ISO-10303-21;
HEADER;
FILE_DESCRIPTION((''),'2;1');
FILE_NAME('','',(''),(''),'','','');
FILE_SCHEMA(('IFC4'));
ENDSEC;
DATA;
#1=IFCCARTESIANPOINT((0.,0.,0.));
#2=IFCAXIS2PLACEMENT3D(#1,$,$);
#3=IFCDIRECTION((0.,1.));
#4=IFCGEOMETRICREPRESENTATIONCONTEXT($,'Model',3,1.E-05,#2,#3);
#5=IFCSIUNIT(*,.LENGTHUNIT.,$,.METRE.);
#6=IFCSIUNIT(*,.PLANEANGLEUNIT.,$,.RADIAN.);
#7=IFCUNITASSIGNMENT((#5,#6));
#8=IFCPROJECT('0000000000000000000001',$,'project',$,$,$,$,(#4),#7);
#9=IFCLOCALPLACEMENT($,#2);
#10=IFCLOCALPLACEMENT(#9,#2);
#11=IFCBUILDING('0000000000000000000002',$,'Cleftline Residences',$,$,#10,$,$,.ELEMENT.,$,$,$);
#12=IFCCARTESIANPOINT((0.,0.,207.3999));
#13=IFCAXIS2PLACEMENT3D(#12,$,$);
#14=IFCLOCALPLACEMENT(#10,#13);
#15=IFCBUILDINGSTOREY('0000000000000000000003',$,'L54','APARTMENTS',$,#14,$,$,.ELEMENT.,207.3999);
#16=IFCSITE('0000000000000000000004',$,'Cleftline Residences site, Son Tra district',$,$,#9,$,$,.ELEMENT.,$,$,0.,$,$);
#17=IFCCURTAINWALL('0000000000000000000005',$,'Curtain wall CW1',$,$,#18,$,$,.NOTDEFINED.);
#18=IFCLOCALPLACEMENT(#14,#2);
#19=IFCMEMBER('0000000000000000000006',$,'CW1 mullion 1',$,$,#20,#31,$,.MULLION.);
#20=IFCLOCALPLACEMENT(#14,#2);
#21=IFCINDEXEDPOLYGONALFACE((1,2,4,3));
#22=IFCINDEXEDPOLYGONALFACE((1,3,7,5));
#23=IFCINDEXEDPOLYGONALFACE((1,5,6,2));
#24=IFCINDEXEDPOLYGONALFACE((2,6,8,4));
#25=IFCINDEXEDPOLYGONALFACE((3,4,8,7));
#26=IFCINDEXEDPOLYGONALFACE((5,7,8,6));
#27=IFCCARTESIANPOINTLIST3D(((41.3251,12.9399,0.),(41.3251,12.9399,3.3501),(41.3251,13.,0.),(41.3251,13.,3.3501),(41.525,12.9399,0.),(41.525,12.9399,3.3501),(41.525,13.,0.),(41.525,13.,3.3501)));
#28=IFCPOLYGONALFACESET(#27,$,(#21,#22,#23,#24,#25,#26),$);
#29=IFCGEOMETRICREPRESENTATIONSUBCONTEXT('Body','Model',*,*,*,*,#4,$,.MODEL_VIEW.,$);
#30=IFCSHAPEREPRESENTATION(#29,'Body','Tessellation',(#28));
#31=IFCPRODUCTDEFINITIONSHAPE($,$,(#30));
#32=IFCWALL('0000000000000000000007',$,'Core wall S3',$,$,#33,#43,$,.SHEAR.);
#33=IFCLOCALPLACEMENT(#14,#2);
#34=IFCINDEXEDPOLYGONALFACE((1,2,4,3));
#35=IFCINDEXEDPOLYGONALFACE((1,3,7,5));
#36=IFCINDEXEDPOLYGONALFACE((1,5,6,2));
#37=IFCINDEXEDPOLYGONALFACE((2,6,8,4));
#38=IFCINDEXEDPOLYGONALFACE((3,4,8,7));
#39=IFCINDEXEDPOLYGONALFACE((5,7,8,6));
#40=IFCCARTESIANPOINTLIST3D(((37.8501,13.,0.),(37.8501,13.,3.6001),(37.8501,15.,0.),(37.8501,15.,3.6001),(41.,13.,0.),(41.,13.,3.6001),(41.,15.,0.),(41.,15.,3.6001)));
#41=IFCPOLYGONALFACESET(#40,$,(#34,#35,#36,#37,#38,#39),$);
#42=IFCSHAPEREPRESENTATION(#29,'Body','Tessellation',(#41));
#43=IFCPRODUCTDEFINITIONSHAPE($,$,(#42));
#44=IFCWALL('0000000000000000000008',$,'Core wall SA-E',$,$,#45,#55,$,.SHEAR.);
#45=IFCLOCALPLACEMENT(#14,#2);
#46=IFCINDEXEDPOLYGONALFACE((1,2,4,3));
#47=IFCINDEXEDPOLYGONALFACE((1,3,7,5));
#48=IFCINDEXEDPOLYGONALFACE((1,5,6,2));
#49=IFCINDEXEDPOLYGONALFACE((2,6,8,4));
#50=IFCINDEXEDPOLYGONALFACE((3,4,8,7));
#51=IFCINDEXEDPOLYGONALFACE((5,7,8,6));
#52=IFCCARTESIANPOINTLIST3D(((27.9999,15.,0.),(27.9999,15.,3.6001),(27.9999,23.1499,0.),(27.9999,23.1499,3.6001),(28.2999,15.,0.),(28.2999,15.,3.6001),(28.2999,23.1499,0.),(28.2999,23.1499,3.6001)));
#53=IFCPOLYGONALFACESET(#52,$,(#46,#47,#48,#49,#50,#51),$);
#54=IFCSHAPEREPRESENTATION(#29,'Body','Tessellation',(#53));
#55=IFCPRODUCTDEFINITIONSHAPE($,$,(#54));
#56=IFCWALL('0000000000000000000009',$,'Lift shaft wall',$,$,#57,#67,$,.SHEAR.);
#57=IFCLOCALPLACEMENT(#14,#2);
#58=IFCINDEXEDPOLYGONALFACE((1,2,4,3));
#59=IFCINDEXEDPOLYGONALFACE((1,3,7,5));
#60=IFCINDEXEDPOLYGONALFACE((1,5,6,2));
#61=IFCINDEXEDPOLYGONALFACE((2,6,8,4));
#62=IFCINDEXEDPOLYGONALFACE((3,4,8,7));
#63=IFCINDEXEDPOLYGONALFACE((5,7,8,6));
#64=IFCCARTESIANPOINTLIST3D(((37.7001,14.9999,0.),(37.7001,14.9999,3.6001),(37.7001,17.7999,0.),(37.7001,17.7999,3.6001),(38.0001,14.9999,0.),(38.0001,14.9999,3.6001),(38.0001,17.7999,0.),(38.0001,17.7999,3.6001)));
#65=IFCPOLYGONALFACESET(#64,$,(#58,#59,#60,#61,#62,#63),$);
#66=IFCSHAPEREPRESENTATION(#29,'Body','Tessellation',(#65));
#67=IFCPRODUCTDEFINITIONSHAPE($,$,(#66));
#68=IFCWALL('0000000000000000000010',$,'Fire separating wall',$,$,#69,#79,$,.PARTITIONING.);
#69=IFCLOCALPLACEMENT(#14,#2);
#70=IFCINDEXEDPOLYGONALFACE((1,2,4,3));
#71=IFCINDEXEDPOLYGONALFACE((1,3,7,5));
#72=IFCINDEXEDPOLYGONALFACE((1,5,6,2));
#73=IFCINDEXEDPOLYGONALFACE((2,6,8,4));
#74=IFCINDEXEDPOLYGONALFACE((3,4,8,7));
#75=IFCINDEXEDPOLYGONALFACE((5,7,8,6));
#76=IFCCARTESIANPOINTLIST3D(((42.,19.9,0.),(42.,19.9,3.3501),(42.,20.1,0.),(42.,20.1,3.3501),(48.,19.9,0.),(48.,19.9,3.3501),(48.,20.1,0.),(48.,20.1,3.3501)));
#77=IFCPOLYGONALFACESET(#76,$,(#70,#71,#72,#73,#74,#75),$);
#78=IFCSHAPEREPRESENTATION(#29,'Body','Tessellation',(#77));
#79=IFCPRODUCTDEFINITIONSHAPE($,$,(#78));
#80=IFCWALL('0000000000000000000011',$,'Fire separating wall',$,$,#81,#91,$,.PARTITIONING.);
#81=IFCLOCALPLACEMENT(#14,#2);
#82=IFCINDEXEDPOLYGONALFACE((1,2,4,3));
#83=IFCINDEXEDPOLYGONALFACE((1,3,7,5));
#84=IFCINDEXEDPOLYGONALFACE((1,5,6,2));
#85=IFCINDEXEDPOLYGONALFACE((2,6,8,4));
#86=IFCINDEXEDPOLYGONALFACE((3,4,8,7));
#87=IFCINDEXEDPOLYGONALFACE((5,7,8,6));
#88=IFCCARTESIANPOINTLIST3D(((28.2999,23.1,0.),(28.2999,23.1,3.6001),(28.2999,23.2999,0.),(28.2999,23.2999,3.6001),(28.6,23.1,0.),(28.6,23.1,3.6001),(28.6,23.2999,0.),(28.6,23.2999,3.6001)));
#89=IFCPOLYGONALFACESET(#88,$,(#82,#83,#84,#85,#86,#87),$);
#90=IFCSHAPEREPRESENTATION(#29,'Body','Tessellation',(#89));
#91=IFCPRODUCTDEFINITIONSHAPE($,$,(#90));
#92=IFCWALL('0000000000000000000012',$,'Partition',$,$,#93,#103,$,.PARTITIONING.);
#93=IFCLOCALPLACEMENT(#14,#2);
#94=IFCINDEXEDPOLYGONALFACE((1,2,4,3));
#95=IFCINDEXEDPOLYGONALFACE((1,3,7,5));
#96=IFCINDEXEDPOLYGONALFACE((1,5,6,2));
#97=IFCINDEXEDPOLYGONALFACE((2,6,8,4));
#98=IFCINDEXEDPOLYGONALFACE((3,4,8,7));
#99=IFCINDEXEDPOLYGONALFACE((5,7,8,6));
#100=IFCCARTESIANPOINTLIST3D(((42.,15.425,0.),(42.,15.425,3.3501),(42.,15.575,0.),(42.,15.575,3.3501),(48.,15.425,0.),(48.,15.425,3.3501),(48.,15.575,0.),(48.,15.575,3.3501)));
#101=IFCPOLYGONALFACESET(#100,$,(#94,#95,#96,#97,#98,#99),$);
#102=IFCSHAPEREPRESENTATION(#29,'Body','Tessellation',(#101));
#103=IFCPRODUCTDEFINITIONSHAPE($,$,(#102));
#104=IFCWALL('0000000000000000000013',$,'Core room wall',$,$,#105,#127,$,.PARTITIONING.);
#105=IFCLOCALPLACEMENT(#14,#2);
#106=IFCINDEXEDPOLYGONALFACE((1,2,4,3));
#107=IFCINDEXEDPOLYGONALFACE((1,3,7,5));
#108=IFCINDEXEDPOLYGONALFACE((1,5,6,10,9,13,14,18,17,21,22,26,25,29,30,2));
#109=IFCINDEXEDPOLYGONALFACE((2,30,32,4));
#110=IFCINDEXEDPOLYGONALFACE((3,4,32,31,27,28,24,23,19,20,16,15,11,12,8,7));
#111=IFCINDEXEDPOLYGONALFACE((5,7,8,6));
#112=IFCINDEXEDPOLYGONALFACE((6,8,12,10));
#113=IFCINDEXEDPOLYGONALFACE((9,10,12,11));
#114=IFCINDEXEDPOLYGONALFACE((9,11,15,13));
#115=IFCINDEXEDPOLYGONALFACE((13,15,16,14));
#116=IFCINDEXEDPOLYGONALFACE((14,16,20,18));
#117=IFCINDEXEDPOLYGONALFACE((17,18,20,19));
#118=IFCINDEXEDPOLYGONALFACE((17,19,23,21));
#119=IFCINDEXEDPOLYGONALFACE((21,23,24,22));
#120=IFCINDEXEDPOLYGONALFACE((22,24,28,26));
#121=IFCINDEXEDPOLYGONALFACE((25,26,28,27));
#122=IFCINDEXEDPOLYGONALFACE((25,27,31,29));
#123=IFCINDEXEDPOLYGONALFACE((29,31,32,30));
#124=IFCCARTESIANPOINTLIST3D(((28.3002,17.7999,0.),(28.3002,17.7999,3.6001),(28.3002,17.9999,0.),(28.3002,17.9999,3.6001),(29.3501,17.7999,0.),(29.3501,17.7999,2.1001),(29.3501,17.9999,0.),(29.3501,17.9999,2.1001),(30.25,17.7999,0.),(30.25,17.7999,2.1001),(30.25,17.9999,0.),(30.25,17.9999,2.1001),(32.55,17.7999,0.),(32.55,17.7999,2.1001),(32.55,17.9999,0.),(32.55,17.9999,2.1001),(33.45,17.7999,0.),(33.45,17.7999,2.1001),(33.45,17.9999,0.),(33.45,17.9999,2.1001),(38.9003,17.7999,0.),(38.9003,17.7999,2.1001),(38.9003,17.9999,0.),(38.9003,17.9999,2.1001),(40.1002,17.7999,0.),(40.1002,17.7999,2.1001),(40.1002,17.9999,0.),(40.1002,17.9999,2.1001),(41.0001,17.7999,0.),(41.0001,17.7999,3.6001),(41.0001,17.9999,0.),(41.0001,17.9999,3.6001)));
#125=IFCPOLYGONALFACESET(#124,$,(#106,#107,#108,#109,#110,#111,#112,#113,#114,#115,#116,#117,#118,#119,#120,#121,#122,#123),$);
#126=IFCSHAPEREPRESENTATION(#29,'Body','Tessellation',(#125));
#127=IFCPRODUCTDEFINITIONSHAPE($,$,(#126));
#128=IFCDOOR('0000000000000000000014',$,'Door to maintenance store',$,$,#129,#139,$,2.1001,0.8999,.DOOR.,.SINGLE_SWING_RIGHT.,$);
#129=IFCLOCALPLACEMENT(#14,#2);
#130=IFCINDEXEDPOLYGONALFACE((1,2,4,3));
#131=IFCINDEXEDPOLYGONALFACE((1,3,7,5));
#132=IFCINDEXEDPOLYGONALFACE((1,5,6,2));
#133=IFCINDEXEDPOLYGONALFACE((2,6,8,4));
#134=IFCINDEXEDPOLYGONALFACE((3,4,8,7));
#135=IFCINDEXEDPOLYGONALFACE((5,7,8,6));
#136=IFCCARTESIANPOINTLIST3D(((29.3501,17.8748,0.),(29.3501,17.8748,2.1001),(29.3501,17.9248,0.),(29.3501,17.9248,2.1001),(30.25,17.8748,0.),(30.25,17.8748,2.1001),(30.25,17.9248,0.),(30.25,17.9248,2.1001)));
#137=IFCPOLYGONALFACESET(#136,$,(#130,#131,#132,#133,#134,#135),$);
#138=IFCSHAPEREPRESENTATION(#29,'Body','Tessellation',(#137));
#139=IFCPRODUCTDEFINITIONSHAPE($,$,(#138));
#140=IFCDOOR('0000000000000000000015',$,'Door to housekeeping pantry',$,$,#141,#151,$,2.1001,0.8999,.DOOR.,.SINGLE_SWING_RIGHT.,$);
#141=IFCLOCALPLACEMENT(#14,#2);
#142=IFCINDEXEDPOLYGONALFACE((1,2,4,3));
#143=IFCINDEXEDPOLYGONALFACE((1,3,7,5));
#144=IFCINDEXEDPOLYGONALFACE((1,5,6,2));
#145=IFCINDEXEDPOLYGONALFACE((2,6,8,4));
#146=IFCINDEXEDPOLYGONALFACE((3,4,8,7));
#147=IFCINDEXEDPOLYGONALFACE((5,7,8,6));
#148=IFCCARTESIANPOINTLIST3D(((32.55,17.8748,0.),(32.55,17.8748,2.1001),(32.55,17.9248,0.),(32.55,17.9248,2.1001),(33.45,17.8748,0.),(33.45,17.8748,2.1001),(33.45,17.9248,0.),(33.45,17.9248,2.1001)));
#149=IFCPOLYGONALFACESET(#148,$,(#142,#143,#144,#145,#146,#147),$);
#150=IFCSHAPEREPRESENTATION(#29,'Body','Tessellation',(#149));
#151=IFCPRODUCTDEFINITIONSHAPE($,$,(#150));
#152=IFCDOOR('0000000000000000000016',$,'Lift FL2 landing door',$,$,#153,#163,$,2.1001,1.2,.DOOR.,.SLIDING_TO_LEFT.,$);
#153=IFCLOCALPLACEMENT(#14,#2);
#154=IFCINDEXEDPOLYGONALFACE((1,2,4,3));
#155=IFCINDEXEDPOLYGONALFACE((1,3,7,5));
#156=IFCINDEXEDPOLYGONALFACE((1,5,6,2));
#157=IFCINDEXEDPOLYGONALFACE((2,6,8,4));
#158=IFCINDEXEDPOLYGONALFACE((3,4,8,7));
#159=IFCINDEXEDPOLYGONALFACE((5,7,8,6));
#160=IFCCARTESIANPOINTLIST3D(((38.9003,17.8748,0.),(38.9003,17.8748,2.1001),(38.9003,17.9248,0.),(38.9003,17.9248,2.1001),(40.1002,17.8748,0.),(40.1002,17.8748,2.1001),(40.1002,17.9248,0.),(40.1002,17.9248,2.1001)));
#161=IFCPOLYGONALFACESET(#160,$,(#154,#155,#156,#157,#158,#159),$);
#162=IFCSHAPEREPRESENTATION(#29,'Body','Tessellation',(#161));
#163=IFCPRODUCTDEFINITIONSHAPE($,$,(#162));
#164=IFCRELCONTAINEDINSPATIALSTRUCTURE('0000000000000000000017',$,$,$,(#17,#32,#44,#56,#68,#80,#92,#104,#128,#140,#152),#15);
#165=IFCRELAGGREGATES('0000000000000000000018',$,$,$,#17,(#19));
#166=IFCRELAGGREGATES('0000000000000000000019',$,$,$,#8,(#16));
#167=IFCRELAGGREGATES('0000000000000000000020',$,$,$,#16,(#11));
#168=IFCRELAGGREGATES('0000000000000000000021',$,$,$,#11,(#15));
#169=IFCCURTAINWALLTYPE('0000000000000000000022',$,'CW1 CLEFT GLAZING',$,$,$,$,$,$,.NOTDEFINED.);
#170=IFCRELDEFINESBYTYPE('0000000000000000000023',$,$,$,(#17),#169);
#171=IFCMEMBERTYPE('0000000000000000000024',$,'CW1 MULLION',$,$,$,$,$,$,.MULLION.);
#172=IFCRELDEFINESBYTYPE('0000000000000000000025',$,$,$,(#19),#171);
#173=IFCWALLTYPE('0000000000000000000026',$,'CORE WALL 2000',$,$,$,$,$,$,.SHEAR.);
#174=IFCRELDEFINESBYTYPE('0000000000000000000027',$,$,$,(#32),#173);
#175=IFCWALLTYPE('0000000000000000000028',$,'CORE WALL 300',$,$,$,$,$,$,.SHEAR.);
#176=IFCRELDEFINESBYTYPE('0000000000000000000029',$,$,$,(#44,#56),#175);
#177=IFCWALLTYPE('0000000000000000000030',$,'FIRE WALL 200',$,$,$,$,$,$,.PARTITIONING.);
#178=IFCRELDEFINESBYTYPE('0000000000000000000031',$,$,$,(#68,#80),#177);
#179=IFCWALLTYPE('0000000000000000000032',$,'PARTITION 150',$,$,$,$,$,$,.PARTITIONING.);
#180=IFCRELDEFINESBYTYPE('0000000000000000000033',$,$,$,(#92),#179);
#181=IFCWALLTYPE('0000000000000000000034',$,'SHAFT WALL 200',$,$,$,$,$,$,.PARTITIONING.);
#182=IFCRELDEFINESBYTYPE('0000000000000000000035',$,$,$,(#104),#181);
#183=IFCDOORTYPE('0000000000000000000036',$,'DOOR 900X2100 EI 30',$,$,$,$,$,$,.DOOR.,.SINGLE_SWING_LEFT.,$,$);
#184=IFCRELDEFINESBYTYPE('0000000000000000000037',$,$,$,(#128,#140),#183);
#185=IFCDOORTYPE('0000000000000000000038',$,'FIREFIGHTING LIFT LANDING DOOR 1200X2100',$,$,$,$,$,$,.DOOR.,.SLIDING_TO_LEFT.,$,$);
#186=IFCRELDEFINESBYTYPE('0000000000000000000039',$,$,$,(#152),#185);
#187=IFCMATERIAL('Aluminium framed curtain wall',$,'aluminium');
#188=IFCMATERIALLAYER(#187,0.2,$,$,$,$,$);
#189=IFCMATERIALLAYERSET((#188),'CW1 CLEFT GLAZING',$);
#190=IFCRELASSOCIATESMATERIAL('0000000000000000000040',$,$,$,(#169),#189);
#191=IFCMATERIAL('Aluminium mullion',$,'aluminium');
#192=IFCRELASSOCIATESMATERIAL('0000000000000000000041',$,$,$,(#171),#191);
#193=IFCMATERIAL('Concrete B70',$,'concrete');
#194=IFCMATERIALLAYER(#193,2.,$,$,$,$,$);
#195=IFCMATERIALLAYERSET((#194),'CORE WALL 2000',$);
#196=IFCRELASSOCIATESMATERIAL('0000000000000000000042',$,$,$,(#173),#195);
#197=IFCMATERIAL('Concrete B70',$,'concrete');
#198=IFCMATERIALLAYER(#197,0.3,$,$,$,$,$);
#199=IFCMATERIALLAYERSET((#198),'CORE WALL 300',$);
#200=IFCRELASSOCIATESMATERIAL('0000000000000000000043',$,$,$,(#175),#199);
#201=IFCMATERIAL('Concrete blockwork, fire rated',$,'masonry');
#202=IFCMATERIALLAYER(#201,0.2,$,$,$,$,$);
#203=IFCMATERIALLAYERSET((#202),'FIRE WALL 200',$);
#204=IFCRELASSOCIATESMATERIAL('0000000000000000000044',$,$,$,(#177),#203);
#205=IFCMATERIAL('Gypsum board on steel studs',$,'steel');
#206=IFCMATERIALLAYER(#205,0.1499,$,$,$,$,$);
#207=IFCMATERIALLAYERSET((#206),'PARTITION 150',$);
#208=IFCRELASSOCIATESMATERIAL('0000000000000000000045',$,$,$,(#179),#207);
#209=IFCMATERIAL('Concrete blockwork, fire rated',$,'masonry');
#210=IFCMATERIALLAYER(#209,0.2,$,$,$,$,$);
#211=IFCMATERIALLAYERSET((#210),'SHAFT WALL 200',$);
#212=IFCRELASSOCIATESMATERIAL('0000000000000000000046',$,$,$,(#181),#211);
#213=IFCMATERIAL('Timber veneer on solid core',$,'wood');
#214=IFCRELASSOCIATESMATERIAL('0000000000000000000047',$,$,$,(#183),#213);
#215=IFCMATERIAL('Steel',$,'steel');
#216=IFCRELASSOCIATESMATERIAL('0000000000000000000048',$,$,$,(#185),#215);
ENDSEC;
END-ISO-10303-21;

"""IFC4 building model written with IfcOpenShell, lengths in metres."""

from ifc_helpers import new_model, si_unit, direction, frame, frame_2d, origin, origin_2d, place, context, subcontext, project, spatial, rectangle, extrude, material, layer, layer_set, material_profile, profile_set, type_object, element, fill, aggregate, save


model = new_model("IFC4")

# Units and contexts
model_context = context("Model", 3, precision=1e-05, world=origin(), true_north=direction((0.0, 1.0)))
body_context = subcontext(model_context, "Body", "Model", "MODEL_VIEW")
ifc_project = project(units=[si_unit("LENGTHUNIT", "METRE"), si_unit("PLANEANGLEUNIT", "RADIAN")], contexts=[model_context])

# Site, building, storey
site_placement = place(None, origin())
site = spatial("IfcSite", under=ifc_project, at=site_placement, Name="Cleftline Residences site, Son Tra district", CompositionType="ELEMENT", RefElevation=0.0)
building_placement = place(site_placement, origin())
building = spatial("IfcBuilding", under=site, at=building_placement, Name="Cleftline Residences", CompositionType="ELEMENT")
storey_placement = place(building_placement, frame((0.0, 0.0, 207.3999)))
storey = spatial("IfcBuildingStorey", under=building, at=storey_placement, Name="L54", Description="APARTMENTS", CompositionType="ELEMENT", Elevation=207.3999)

# Curtain wall, member
ifc_material_1 = material(Name="Aluminium framed curtain wall", Category="aluminium")
ifc_layer_1 = layer(ifc_material_1, 0.2)
ifc_layer_set_1 = layer_set([ifc_layer_1], Name="CW1 CLEFT GLAZING")
curtain_wall_type = type_object("IfcCurtainWallType", Name="CW1 CLEFT GLAZING", PredefinedType="NOTDEFINED", material=ifc_layer_set_1)
curtain_wall_placement = place(storey_placement, origin())
curtain_wall = element("IfcCurtainWall", 1, at=curtain_wall_placement, inside=storey, type_object=curtain_wall_type, Name="Curtain wall CW1", PredefinedType="NOTDEFINED")
ifc_material_2 = material(Name="Aluminium mullion", Category="aluminium")
ifc_material_profile = material_profile(ifc_material_2, rectangle(XDim=0.2, YDim=0.0601, at=origin_2d()))
ifc_profile_set = profile_set([ifc_material_profile], Name="Aluminium mullion")
member_type = type_object("IfcMemberType", Name="CW1 MULLION", PredefinedType="MULLION", material=ifc_profile_set)
member_placement = place(storey_placement, frame((41.425, 12.97, 0.0), z_axis=(0.0, 0.0, 1.0), x_axis=(1.0, 0.0, 0.0)))
member = element("IfcMember", 2, at=member_placement, type_object=member_type, Name="CW1 mullion 1", PredefinedType="MULLION", context=body_context, shape_type="SweptSolid", body=[
    extrude(rectangle(XDim=0.2, YDim=0.0601, at=origin_2d()), origin(), (0.0, 0.0, 1.0), 3.3501),
])
aggregate(curtain_wall, [member])

# Walls
ifc_material_3 = material(Name="Concrete B70", Category="concrete")
ifc_layer_2 = layer(ifc_material_3, 2.0)
ifc_layer_set_2 = layer_set([ifc_layer_2], Name="CORE WALL 2000")
wall_type_1 = type_object("IfcWallType", Name="CORE WALL 2000", PredefinedType="SHEAR", material=ifc_layer_set_2)
wall_1_placement = place(storey_placement, frame((37.8501, 14.0, 0.0), z_axis=(0.0, 0.0, 1.0), x_axis=(1.0, 0.0, 0.0)))
element("IfcWall", 3, at=wall_1_placement, inside=storey, type_object=wall_type_1, Name="Core wall S3", PredefinedType="SHEAR", context=body_context, shape_type="SweptSolid", body=[
    extrude(rectangle(XDim=3.1499, YDim=2.0, at=frame_2d((1.575, 0.0))), origin(), (0.0, 0.0, 1.0), 3.6001),
])
ifc_material_4 = material(Name="Concrete B70", Category="concrete")
ifc_layer_3 = layer(ifc_material_4, 0.3)
ifc_layer_set_3 = layer_set([ifc_layer_3], Name="CORE WALL 300")
wall_type_2 = type_object("IfcWallType", Name="CORE WALL 300", PredefinedType="SHEAR", material=ifc_layer_set_3)
wall_2_placement = place(storey_placement, frame((28.1499, 15.0, 0.0), z_axis=(0.0, 0.0, 1.0), x_axis=(0.0, 1.0, 0.0)))
element("IfcWall", 4, at=wall_2_placement, inside=storey, type_object=wall_type_2, Name="Core wall SA-E", PredefinedType="SHEAR", context=body_context, shape_type="SweptSolid", body=[
    extrude(rectangle(XDim=8.1499, YDim=0.3, at=frame_2d((4.075, 0.0))), origin(), (0.0, 0.0, 1.0), 3.6001),
])
wall_3_placement = place(storey_placement, frame((37.8501, 15.0, 0.0), z_axis=(0.0, 0.0, 1.0), x_axis=(0.0, 1.0, 0.0)))
element("IfcWall", 5, at=wall_3_placement, inside=storey, type_object=wall_type_2, Name="Lift shaft wall", PredefinedType="SHEAR", context=body_context, shape_type="SweptSolid", body=[
    extrude(rectangle(XDim=2.8, YDim=0.3, at=frame_2d((1.3999, 0.0))), origin(), (0.0, 0.0, 1.0), 3.6001),
])
ifc_material_5 = material(Name="Concrete blockwork, fire rated", Category="masonry")
ifc_layer_4 = layer(ifc_material_5, 0.2)
ifc_layer_set_4 = layer_set([ifc_layer_4], Name="FIRE WALL 200")
wall_type_3 = type_object("IfcWallType", Name="FIRE WALL 200", PredefinedType="PARTITIONING", material=ifc_layer_set_4)
wall_4_placement = place(storey_placement, frame((42.0, 20.0, 0.0), z_axis=(0.0, 0.0, 1.0), x_axis=(1.0, 0.0, 0.0)))
element("IfcWall", 6, at=wall_4_placement, inside=storey, type_object=wall_type_3, Name="Fire separating wall", PredefinedType="PARTITIONING", context=body_context, shape_type="SweptSolid", body=[
    extrude(rectangle(XDim=6.0, YDim=0.2, at=frame_2d((3.0, 0.0))), origin(), (0.0, 0.0, 1.0), 3.3501),
])
wall_5_placement = place(storey_placement, frame((28.3, 23.2, 0.0), z_axis=(0.0, 0.0, 1.0), x_axis=(1.0, 0.0, 0.0)))
element("IfcWall", 7, at=wall_5_placement, inside=storey, type_object=wall_type_3, Name="Fire separating wall", PredefinedType="PARTITIONING", context=body_context, shape_type="SweptSolid", body=[
    extrude(rectangle(XDim=0.3, YDim=0.2, at=frame_2d((0.1499, 0.0))), origin(), (0.0, 0.0, 1.0), 3.6001),
])
ifc_material_6 = material(Name="Gypsum board on steel studs", Category="steel")
ifc_layer_5 = layer(ifc_material_6, 0.1499)
ifc_layer_set_5 = layer_set([ifc_layer_5], Name="PARTITION 150")
wall_type_4 = type_object("IfcWallType", Name="PARTITION 150", PredefinedType="PARTITIONING", material=ifc_layer_set_5)
wall_6_placement = place(storey_placement, frame((42.0, 15.5, 0.0), z_axis=(0.0, 0.0, 1.0), x_axis=(1.0, 0.0, 0.0)))
element("IfcWall", 8, at=wall_6_placement, inside=storey, type_object=wall_type_4, Name="Partition", PredefinedType="PARTITIONING", context=body_context, shape_type="SweptSolid", body=[
    extrude(rectangle(XDim=6.0, YDim=0.1499, at=frame_2d((3.0, 0.0))), origin(), (0.0, 0.0, 1.0), 3.3501),
])

# Wall, openings, doors
ifc_material_7 = material(Name="Concrete blockwork, fire rated", Category="masonry")
ifc_layer_6 = layer(ifc_material_7, 0.2)
ifc_layer_set_6 = layer_set([ifc_layer_6], Name="SHAFT WALL 200")
wall_type_5 = type_object("IfcWallType", Name="SHAFT WALL 200", PredefinedType="PARTITIONING", material=ifc_layer_set_6)
wall_7_placement = place(storey_placement, frame((28.3, 17.8999, 0.0), z_axis=(0.0, 0.0, 1.0), x_axis=(1.0, 0.0, 0.0)))
wall_7 = element("IfcWall", 9, at=wall_7_placement, inside=storey, type_object=wall_type_5, Name="Core room wall", PredefinedType="PARTITIONING", context=body_context, shape_type="SweptSolid", body=[
    extrude(rectangle(XDim=12.7, YDim=0.2, at=frame_2d((6.3501, 0.0))), origin(), (0.0, 0.0, 1.0), 3.6001),
])
opening_1_placement = place(wall_7_placement, frame((1.05, 0.0, 0.0)))
opening_1 = element("IfcOpeningElement", 10, at=opening_1_placement, cuts=wall_7, PredefinedType="OPENING", context=body_context, shape_type="SweptSolid", body=[
    extrude(rectangle(XDim=0.8999, YDim=2.1001, at=frame_2d((0.45, 1.05))), frame((0.0, 0.1099, 0.0), z_axis=(0.0, -1.0, 0.0), x_axis=(1.0, 0.0, 0.0)), (0.0, 0.0, 1.0), 0.22),
])
opening_2_placement = place(wall_7_placement, frame((4.25, 0.0, 0.0)))
opening_2 = element("IfcOpeningElement", 11, at=opening_2_placement, cuts=wall_7, PredefinedType="OPENING", context=body_context, shape_type="SweptSolid", body=[
    extrude(rectangle(XDim=0.8999, YDim=2.1001, at=frame_2d((0.45, 1.05))), frame((0.0, 0.1099, 0.0), z_axis=(0.0, -1.0, 0.0), x_axis=(1.0, 0.0, 0.0)), (0.0, 0.0, 1.0), 0.22),
])
opening_3_placement = place(wall_7_placement, frame((10.6001, 0.0, 0.0)))
opening_3 = element("IfcOpeningElement", 12, at=opening_3_placement, cuts=wall_7, PredefinedType="OPENING", context=body_context, shape_type="SweptSolid", body=[
    extrude(rectangle(XDim=1.2, YDim=2.1001, at=frame_2d((0.6001, 1.05))), frame((0.0, 0.1099, 0.0), z_axis=(0.0, -1.0, 0.0), x_axis=(1.0, 0.0, 0.0)), (0.0, 0.0, 1.0), 0.22),
])
ifc_material_8 = material(Name="Timber veneer on solid core", Category="wood")
door_type_1 = type_object("IfcDoorType", Name="DOOR 900X2100 EI 30", OperationType="SINGLE_SWING_LEFT", PredefinedType="DOOR", material=ifc_material_8)
door_1_placement = place(opening_1_placement, origin())
door_1 = element("IfcDoor", 13, at=door_1_placement, inside=storey, type_object=door_type_1, Name="Door to maintenance store", OperationType="SINGLE_SWING_RIGHT", OverallHeight=2.1001, OverallWidth=0.8999, PredefinedType="DOOR", context=body_context, shape_type="SweptSolid", body=[
    extrude(rectangle(XDim=0.8999, YDim=2.1001, at=frame_2d((0.45, 1.05))), frame((0.0, 0.0249, 0.0), z_axis=(0.0, -1.0, 0.0), x_axis=(1.0, 0.0, 0.0)), (0.0, 0.0, 1.0), 0.05),
])
fill(opening_1, door_1)
door_2_placement = place(opening_2_placement, origin())
door_2 = element("IfcDoor", 14, at=door_2_placement, inside=storey, type_object=door_type_1, Name="Door to housekeeping pantry", OperationType="SINGLE_SWING_RIGHT", OverallHeight=2.1001, OverallWidth=0.8999, PredefinedType="DOOR", context=body_context, shape_type="SweptSolid", body=[
    extrude(rectangle(XDim=0.8999, YDim=2.1001, at=frame_2d((0.45, 1.05))), frame((0.0, 0.0249, 0.0), z_axis=(0.0, -1.0, 0.0), x_axis=(1.0, 0.0, 0.0)), (0.0, 0.0, 1.0), 0.05),
])
fill(opening_2, door_2)
ifc_material_9 = material(Name="Steel", Category="steel")
door_type_2 = type_object("IfcDoorType", Name="FIREFIGHTING LIFT LANDING DOOR 1200X2100", OperationType="SLIDING_TO_LEFT", PredefinedType="DOOR", material=ifc_material_9)
door_3_placement = place(opening_3_placement, origin())
door_3 = element("IfcDoor", 15, at=door_3_placement, inside=storey, type_object=door_type_2, Name="Lift FL2 landing door", OperationType="SLIDING_TO_LEFT", OverallHeight=2.1001, OverallWidth=1.2, PredefinedType="DOOR", context=body_context, shape_type="SweptSolid", body=[
    extrude(rectangle(XDim=1.2, YDim=2.1001, at=frame_2d((0.6001, 1.05))), frame((0.0, 0.0249, 0.0), z_axis=(0.0, -1.0, 0.0), x_axis=(1.0, 0.0, 0.0)), (0.0, 0.0, 1.0), 0.05),
])
fill(opening_3, door_3)

save(model, "model.ifc")
